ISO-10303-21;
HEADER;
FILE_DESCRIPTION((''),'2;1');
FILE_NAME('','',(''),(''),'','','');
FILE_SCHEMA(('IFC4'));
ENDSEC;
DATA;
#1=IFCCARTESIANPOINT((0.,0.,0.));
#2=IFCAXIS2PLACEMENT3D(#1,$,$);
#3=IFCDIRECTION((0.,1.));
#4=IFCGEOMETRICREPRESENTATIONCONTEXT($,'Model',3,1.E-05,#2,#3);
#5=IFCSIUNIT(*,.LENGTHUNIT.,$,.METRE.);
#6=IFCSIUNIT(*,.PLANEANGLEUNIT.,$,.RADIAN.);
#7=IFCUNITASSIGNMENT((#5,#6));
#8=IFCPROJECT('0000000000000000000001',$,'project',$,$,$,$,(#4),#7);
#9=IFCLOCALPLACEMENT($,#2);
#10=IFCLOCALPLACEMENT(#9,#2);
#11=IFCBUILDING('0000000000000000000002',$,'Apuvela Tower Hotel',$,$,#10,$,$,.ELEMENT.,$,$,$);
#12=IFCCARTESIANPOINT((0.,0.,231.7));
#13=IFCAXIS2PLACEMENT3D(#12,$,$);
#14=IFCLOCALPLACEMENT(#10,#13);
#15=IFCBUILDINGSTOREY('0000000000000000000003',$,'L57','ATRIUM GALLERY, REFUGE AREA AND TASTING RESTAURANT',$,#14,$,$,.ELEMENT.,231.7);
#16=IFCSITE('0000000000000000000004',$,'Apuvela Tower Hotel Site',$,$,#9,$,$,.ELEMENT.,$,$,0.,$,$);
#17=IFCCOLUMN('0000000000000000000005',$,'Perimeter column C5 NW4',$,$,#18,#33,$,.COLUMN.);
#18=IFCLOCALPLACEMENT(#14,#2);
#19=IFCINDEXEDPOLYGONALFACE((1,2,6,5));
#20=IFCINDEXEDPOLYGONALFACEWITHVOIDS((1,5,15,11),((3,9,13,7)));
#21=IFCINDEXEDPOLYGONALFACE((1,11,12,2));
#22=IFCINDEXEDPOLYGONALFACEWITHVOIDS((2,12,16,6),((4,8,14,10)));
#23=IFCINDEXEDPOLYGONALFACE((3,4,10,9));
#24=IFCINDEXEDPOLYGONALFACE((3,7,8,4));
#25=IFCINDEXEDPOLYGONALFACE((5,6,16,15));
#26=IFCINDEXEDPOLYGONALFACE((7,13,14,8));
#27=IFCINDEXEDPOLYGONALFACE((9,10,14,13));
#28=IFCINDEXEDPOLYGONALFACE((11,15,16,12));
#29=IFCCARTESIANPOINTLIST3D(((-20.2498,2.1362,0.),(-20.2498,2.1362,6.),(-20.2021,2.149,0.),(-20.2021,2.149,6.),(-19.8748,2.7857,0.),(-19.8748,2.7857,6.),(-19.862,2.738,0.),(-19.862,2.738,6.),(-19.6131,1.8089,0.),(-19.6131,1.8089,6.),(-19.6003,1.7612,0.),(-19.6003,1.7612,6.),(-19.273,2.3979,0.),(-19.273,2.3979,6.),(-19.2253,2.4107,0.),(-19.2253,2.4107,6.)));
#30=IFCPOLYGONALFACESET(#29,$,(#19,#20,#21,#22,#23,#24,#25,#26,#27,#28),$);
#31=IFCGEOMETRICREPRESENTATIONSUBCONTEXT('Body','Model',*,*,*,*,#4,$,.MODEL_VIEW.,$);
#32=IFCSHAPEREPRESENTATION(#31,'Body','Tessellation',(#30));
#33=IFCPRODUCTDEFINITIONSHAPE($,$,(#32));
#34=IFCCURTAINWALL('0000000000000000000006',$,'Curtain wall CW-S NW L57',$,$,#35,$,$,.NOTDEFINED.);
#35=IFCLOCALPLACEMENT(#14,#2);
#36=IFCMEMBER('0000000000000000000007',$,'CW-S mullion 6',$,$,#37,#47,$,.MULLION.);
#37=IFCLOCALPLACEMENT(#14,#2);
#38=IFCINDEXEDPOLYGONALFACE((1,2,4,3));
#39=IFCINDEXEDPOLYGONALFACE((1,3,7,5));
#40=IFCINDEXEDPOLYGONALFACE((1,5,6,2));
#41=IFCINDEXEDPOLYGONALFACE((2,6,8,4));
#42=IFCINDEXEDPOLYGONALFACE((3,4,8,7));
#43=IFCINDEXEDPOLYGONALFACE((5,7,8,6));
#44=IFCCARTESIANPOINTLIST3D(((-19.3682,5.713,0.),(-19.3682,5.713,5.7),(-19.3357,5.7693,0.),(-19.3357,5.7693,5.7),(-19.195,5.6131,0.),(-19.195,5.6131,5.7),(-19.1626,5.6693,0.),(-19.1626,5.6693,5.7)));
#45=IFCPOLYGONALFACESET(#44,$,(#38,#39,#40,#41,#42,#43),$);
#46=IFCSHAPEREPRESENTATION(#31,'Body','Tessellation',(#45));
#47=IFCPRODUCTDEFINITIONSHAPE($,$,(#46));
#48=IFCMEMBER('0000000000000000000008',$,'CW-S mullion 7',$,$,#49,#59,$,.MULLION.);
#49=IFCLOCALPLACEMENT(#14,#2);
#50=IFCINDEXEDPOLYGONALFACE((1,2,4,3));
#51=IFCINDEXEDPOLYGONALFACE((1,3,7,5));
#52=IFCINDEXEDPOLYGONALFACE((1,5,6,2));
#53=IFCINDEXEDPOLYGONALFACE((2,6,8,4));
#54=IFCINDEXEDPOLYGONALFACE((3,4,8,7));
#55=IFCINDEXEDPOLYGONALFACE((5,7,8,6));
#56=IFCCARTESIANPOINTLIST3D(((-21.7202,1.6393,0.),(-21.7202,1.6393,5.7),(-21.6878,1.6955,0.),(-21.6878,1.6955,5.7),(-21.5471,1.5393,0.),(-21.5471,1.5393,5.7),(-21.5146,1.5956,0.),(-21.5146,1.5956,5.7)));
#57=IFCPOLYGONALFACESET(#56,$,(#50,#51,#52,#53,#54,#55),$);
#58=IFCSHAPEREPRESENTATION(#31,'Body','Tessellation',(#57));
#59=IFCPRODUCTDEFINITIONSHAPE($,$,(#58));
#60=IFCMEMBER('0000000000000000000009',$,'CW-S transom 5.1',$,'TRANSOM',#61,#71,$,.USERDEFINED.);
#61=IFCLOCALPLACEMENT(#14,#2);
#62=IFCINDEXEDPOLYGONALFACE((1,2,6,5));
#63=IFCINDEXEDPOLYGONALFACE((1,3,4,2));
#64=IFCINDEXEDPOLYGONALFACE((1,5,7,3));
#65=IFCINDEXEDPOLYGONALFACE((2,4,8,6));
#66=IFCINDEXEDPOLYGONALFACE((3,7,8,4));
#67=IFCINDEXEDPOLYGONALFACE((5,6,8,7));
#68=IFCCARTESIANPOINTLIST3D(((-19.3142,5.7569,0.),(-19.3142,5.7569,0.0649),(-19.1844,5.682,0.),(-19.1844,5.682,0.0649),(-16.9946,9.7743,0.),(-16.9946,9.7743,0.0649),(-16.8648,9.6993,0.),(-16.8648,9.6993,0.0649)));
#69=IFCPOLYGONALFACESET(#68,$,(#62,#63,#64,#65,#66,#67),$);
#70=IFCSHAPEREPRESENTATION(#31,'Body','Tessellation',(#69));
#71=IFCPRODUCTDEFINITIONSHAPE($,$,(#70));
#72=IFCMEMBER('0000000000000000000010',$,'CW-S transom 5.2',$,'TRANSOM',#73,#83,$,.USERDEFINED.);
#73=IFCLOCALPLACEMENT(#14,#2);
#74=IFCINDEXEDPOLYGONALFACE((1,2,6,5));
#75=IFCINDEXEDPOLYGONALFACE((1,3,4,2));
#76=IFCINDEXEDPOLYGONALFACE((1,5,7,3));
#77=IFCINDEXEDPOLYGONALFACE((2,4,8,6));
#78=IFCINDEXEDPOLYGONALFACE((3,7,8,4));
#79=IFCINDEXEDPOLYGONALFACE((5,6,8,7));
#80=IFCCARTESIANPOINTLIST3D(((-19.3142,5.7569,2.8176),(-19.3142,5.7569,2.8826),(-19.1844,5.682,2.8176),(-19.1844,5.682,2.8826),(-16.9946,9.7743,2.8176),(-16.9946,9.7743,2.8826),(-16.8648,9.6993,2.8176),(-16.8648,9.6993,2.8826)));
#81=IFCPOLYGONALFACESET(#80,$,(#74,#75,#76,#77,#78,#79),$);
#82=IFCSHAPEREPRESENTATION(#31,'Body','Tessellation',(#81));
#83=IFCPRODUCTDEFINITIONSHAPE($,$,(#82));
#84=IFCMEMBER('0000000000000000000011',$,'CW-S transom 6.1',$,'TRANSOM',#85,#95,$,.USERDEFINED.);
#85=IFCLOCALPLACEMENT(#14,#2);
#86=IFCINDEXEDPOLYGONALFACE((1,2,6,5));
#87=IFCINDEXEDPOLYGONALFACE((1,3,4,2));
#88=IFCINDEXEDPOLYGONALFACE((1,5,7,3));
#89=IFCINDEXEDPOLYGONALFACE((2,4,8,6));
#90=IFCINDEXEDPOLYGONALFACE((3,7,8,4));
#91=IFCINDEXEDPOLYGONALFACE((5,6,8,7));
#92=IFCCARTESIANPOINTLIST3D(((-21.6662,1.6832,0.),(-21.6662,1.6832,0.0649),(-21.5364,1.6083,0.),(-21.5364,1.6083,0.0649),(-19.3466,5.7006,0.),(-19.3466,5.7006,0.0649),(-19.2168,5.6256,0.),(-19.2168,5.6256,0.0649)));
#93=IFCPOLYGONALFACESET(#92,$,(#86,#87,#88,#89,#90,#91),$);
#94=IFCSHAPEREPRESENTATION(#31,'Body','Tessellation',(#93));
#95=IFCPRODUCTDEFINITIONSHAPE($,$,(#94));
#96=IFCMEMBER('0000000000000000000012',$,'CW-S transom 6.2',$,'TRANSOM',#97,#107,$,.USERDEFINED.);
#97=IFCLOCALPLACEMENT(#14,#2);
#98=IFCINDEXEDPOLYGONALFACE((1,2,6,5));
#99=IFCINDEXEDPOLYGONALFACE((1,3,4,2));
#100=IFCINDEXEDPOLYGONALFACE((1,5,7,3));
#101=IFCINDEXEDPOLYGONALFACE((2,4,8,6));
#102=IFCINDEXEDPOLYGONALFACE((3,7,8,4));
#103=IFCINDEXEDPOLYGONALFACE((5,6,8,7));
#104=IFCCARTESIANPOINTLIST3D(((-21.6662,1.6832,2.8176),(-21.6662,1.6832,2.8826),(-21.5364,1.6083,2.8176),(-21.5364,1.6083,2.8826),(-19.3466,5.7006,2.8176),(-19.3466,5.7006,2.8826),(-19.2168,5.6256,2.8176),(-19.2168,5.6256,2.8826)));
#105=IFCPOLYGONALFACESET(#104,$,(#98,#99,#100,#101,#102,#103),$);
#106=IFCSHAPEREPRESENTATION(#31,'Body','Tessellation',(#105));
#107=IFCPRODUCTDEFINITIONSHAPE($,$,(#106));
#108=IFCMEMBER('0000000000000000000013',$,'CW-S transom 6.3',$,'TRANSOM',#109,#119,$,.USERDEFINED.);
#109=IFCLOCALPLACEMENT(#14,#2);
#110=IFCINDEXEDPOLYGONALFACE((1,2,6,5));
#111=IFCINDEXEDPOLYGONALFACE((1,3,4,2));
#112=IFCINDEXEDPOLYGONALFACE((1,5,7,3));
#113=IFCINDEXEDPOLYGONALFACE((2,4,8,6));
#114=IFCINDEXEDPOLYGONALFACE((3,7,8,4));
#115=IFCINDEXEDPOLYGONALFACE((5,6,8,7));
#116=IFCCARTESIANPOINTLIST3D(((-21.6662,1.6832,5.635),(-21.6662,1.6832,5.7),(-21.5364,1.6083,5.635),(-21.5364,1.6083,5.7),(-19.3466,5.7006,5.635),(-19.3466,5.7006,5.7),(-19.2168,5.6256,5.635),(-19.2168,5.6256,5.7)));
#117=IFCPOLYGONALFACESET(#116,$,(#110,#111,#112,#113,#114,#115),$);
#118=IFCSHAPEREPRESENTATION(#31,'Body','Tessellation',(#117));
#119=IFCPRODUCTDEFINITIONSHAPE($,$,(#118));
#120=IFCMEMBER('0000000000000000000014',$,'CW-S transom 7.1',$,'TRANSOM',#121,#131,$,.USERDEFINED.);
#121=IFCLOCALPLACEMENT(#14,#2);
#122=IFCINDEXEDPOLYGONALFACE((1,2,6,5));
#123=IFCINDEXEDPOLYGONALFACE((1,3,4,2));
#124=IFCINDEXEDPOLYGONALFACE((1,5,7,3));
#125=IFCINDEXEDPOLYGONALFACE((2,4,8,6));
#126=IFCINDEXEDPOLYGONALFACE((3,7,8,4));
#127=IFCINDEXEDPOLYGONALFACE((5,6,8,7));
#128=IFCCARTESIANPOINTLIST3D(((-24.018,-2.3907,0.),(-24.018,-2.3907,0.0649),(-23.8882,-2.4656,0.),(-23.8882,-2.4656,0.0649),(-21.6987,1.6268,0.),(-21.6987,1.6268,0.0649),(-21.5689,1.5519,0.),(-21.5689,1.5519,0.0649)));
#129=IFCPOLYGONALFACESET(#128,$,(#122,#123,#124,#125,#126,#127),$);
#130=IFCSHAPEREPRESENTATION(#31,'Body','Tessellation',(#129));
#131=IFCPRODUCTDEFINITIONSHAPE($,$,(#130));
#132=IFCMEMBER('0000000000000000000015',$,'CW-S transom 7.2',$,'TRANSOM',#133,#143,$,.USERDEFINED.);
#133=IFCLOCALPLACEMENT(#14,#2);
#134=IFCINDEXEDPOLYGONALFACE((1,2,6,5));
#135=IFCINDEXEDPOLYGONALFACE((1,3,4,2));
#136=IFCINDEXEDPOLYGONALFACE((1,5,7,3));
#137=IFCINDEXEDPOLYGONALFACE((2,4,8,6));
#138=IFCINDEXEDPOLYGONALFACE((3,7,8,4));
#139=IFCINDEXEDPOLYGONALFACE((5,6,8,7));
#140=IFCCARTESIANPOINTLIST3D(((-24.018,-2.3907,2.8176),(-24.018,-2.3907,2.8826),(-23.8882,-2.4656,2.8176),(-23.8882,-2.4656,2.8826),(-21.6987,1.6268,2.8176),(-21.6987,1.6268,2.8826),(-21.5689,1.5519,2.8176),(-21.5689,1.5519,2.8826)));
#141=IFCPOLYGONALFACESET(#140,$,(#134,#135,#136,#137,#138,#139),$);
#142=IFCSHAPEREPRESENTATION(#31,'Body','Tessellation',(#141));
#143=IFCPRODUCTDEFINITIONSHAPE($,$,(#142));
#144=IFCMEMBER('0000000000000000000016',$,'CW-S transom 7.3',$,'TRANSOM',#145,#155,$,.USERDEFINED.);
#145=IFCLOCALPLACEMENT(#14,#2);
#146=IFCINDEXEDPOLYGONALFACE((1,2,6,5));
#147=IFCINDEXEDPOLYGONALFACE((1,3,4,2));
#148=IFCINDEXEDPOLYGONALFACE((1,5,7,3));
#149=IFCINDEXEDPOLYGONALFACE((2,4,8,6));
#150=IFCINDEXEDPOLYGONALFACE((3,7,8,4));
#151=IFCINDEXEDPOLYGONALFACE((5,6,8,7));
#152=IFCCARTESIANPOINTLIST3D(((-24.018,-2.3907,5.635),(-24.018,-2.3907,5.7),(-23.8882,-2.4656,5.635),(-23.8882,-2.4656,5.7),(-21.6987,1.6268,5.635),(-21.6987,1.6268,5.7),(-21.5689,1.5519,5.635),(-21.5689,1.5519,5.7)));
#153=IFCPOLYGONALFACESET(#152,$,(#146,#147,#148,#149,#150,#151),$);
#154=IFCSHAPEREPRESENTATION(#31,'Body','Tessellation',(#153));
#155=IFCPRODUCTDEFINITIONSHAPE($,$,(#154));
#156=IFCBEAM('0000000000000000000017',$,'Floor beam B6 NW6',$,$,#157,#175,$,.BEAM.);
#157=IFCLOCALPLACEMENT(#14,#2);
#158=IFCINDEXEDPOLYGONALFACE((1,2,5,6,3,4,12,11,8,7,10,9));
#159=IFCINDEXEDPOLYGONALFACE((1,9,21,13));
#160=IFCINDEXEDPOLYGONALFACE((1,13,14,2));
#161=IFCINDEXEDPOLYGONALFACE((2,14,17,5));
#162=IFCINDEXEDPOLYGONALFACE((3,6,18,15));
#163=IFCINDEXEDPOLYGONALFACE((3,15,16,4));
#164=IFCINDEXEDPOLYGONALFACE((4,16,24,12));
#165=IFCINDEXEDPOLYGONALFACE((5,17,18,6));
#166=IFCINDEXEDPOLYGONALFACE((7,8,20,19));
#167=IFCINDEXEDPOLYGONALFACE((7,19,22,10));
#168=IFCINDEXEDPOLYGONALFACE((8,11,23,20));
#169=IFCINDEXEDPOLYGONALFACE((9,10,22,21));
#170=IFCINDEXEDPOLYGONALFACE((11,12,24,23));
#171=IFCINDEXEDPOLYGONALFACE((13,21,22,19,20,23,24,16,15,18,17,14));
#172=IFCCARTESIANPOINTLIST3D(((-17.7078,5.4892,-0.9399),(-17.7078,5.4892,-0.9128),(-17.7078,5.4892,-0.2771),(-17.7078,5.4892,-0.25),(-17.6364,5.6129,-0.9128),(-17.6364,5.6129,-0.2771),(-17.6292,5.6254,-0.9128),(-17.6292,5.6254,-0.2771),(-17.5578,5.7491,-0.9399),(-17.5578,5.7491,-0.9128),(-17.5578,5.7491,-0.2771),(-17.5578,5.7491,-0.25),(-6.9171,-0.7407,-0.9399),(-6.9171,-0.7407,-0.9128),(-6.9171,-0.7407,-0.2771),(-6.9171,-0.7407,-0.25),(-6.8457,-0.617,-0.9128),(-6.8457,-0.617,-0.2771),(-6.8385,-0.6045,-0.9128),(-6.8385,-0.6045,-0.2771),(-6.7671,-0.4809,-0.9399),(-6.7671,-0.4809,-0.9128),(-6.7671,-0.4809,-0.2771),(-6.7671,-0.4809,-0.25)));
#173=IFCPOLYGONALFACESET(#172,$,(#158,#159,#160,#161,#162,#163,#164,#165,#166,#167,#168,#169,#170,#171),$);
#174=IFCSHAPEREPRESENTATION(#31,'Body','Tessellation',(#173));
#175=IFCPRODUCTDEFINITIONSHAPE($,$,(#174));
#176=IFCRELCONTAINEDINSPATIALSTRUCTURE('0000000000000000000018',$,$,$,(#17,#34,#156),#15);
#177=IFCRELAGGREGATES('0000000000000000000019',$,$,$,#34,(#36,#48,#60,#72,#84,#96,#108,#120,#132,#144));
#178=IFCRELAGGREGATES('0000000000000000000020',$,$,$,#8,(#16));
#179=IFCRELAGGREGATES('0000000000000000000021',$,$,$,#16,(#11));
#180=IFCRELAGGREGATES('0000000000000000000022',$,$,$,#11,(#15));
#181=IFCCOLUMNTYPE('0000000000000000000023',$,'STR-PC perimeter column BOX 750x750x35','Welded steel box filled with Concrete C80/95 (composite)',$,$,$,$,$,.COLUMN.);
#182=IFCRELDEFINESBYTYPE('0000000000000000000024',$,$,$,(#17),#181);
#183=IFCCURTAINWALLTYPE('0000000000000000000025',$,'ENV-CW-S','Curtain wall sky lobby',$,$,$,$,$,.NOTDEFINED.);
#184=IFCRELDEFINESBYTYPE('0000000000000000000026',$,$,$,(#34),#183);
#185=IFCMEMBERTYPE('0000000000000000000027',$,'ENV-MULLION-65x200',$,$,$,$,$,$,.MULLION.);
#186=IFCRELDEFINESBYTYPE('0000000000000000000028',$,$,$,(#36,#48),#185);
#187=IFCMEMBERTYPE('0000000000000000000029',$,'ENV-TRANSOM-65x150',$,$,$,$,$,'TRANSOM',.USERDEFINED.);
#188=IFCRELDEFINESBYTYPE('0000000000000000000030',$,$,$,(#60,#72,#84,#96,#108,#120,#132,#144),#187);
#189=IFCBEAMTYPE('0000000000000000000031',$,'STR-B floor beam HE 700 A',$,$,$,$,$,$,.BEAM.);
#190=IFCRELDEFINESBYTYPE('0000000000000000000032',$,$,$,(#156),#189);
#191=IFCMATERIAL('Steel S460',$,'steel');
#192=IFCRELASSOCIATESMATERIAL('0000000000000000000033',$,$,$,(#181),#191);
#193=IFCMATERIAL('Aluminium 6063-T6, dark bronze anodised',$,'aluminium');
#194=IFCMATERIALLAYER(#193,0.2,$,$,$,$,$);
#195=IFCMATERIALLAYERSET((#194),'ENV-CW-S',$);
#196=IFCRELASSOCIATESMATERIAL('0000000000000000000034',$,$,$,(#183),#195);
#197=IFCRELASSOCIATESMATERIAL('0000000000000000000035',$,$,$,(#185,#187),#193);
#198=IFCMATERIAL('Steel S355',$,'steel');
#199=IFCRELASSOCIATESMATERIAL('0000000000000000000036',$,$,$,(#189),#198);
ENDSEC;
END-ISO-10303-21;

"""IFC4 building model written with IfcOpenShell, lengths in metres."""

from ifc_helpers import new_model, si_unit, direction, frame, origin, origin_2d, place, context, subcontext, project, spatial, rectangle, hollow_rectangle, i_section, extrude, material, layer, layer_set, material_profile, profile_set, type_object, element, aggregate, save


model = new_model("IFC4")

# Units and contexts
model_context = context("Model", 3, precision=1e-05, world=origin(), true_north=direction((0.0, 1.0)))
body_context = subcontext(model_context, "Body", "Model", "MODEL_VIEW")
ifc_project = project(units=[si_unit("LENGTHUNIT", "METRE"), si_unit("PLANEANGLEUNIT", "RADIAN")], contexts=[model_context])

# Site, building, storey
site_placement = place(None, origin())
site = spatial("IfcSite", under=ifc_project, at=site_placement, Name="Apuvela Tower Hotel Site", CompositionType="ELEMENT", RefElevation=0.0)
building_placement = place(site_placement, origin())
building = spatial("IfcBuilding", under=site, at=building_placement, Name="Apuvela Tower Hotel", CompositionType="ELEMENT")
storey_placement = place(building_placement, frame((0.0, 0.0, 231.7)))
storey = spatial("IfcBuildingStorey", under=building, at=storey_placement, Name="L57", Description="ATRIUM GALLERY, REFUGE AREA AND TASTING RESTAURANT", CompositionType="ELEMENT", Elevation=231.7)

# Column
ifc_material_1 = material(Name="Steel S460", Category="steel")
ifc_material_profile_1 = material_profile(ifc_material_1, hollow_rectangle(XDim=0.75, YDim=0.75, WallThickness=0.0349, at=origin_2d()), Name="BOX 750x750x35")
ifc_material_2 = material(Name="Concrete C80/95", Category="concrete")
ifc_material_profile_2 = material_profile(ifc_material_2, rectangle(XDim=0.6799, YDim=0.6799, at=origin_2d()), Name="Concrete C80/95 infill")
ifc_profile_set_1 = profile_set([ifc_material_profile_1, ifc_material_profile_2], Name="Steel S460")
column_type = type_object("IfcColumnType", Name="STR-PC perimeter column BOX 750x750x35", Description="Welded steel box filled with Concrete C80/95 (composite)", PredefinedType="COLUMN", material=ifc_profile_set_1)
column_placement = place(storey_placement, frame((-19.7375, 2.2734, 0.0), z_axis=(0.0, 0.0, 1.0), x_axis=(0.5, 0.866025, 0.0)))
element("IfcColumn", 1, at=column_placement, inside=storey, type_object=column_type, Name="Perimeter column C5 NW4", PredefinedType="COLUMN", context=body_context, shape_type="SweptSolid", body=[
    extrude(hollow_rectangle(XDim=0.75, YDim=0.75, WallThickness=0.0349, at=origin_2d()), origin(), (0.0, 0.0, 1.0), 6.0),
])

# Curtain wall, members
ifc_material_3 = material(Name="Aluminium 6063-T6, dark bronze anodised", Category="aluminium")
ifc_layer_1 = layer(ifc_material_3, 0.2)
ifc_layer_set_1 = layer_set([ifc_layer_1], Name="ENV-CW-S")
curtain_wall_type = type_object("IfcCurtainWallType", Name="ENV-CW-S", Description="Curtain wall sky lobby", PredefinedType="NOTDEFINED", material=ifc_layer_set_1)
curtain_wall_placement = place(storey_placement, origin())
curtain_wall = element("IfcCurtainWall", 2, at=curtain_wall_placement, inside=storey, type_object=curtain_wall_type, Name="Curtain wall CW-S NW L57", PredefinedType="NOTDEFINED")
ifc_material_profile_3 = material_profile(ifc_material_3, rectangle(XDim=0.2, YDim=0.0649, at=origin_2d()), Name="AL 65x200")
ifc_profile_set_2 = profile_set([ifc_material_profile_3], Name="Aluminium 6063-T6, dark bronze anodised")
member_type_1 = type_object("IfcMemberType", Name="ENV-MULLION-65x200", PredefinedType="MULLION", material=ifc_profile_set_2)
member_1_placement = place(storey_placement, frame((-19.2654, 5.6912, 0.0), z_axis=(0.0, 0.0, 1.0), x_axis=(0.866026, -0.499999, 0.0)))
member_1 = element("IfcMember", 3, at=member_1_placement, type_object=member_type_1, Name="CW-S mullion 6", PredefinedType="MULLION", context=body_context, shape_type="SweptSolid", body=[
    extrude(rectangle(XDim=0.2, YDim=0.0649, at=origin_2d()), origin(), (0.0, 0.0, 1.0), 5.7),
])
member_2_placement = place(storey_placement, frame((-21.6174, 1.6174, 0.0), z_axis=(0.0, 0.0, 1.0), x_axis=(0.866026, -0.499999, 0.0)))
member_2 = element("IfcMember", 4, at=member_2_placement, type_object=member_type_1, Name="CW-S mullion 7", PredefinedType="MULLION", context=body_context, shape_type="SweptSolid", body=[
    extrude(rectangle(XDim=0.2, YDim=0.0649, at=origin_2d()), origin(), (0.0, 0.0, 1.0), 5.7),
])
ifc_material_profile_4 = material_profile(ifc_material_3, rectangle(XDim=0.1499, YDim=0.0649, at=origin_2d()), Name="AL 65x150 transom")
ifc_profile_set_3 = profile_set([ifc_material_profile_4], Name="Aluminium 6063-T6, dark bronze anodised")
member_type_2 = type_object("IfcMemberType", Name="ENV-TRANSOM-65x150", ElementType="TRANSOM", PredefinedType="USERDEFINED", material=ifc_profile_set_3)
member_3_placement = place(storey_placement, frame((-16.9297, 9.7368, 0.0325), z_axis=(-0.500028, -0.866009, 0.0), x_axis=(0.866009, -0.500028, 0.0)))
member_3 = element("IfcMember", 5, at=member_3_placement, type_object=member_type_2, Name="CW-S transom 5.1", ObjectType="TRANSOM", PredefinedType="USERDEFINED", context=body_context, shape_type="SweptSolid", body=[
    extrude(rectangle(XDim=0.1499, YDim=0.0649, at=origin_2d()), origin(), (0.0, 0.0, 1.0), 4.6389),
])
member_4_placement = place(storey_placement, frame((-16.9297, 9.7368, 2.8501), z_axis=(-0.500028, -0.866009, 0.0), x_axis=(0.866009, -0.500028, 0.0)))
member_4 = element("IfcMember", 6, at=member_4_placement, type_object=member_type_2, Name="CW-S transom 5.2", ObjectType="TRANSOM", PredefinedType="USERDEFINED", context=body_context, shape_type="SweptSolid", body=[
    extrude(rectangle(XDim=0.1499, YDim=0.0649, at=origin_2d()), origin(), (0.0, 0.0, 1.0), 4.6389),
])
member_5_placement = place(storey_placement, frame((-19.2817, 5.6631, 0.0325), z_axis=(-0.500028, -0.866009, 0.0), x_axis=(0.866009, -0.500028, 0.0)))
member_5 = element("IfcMember", 7, at=member_5_placement, type_object=member_type_2, Name="CW-S transom 6.1", ObjectType="TRANSOM", PredefinedType="USERDEFINED", context=body_context, shape_type="SweptSolid", body=[
    extrude(rectangle(XDim=0.1499, YDim=0.0649, at=origin_2d()), origin(), (0.0, 0.0, 1.0), 4.6389),
])
member_6_placement = place(storey_placement, frame((-19.2817, 5.6631, 2.8501), z_axis=(-0.500028, -0.866009, 0.0), x_axis=(0.866009, -0.500028, 0.0)))
member_6 = element("IfcMember", 8, at=member_6_placement, type_object=member_type_2, Name="CW-S transom 6.2", ObjectType="TRANSOM", PredefinedType="USERDEFINED", context=body_context, shape_type="SweptSolid", body=[
    extrude(rectangle(XDim=0.1499, YDim=0.0649, at=origin_2d()), origin(), (0.0, 0.0, 1.0), 4.6389),
])
member_7_placement = place(storey_placement, frame((-19.2817, 5.6631, 5.6675), z_axis=(-0.500028, -0.866009, 0.0), x_axis=(0.866009, -0.500028, 0.0)))
member_7 = element("IfcMember", 9, at=member_7_placement, type_object=member_type_2, Name="CW-S transom 6.3", ObjectType="TRANSOM", PredefinedType="USERDEFINED", context=body_context, shape_type="SweptSolid", body=[
    extrude(rectangle(XDim=0.1499, YDim=0.0649, at=origin_2d()), origin(), (0.0, 0.0, 1.0), 4.6389),
])
member_8_placement = place(storey_placement, frame((-21.6338, 1.5894, 0.0325), z_axis=(-0.499965, -0.866045, 0.0), x_axis=(0.866045, -0.499965, 0.0)))
member_8 = element("IfcMember", 10, at=member_8_placement, type_object=member_type_2, Name="CW-S transom 7.1", ObjectType="TRANSOM", PredefinedType="USERDEFINED", context=body_context, shape_type="SweptSolid", body=[
    extrude(rectangle(XDim=0.1499, YDim=0.0649, at=origin_2d()), origin(), (0.0, 0.0, 1.0), 4.6389),
])
member_9_placement = place(storey_placement, frame((-21.6338, 1.5894, 2.8501), z_axis=(-0.499965, -0.866045, 0.0), x_axis=(0.866045, -0.499965, 0.0)))
member_9 = element("IfcMember", 11, at=member_9_placement, type_object=member_type_2, Name="CW-S transom 7.2", ObjectType="TRANSOM", PredefinedType="USERDEFINED", context=body_context, shape_type="SweptSolid", body=[
    extrude(rectangle(XDim=0.1499, YDim=0.0649, at=origin_2d()), origin(), (0.0, 0.0, 1.0), 4.6389),
])
member_10_placement = place(storey_placement, frame((-21.6338, 1.5894, 5.6675), z_axis=(-0.499965, -0.866045, 0.0), x_axis=(0.866045, -0.499965, 0.0)))
member_10 = element("IfcMember", 12, at=member_10_placement, type_object=member_type_2, Name="CW-S transom 7.3", ObjectType="TRANSOM", PredefinedType="USERDEFINED", context=body_context, shape_type="SweptSolid", body=[
    extrude(rectangle(XDim=0.1499, YDim=0.0649, at=origin_2d()), origin(), (0.0, 0.0, 1.0), 4.6389),
])

# Beam
ifc_material_4 = material(Name="Steel S355", Category="steel")
ifc_material_profile_5 = material_profile(ifc_material_4, i_section(OverallWidth=0.3, OverallDepth=0.6899, WebThickness=0.0144, FlangeThickness=0.0271, at=origin_2d()), Name="HE 700 A")
ifc_profile_set_4 = profile_set([ifc_material_profile_5], Name="Steel S355")
beam_type_1 = type_object("IfcBeamType", Name="STR-B floor beam HE 700 A", PredefinedType="BEAM", material=ifc_profile_set_4)
beam_1_placement = place(storey_placement, frame((-17.6328, 5.6191, -0.595), z_axis=(0.866028, -0.499996, 0.0), x_axis=(0.499996, 0.866028, 0.0)))
element("IfcBeam", 13, at=beam_1_placement, inside=storey, type_object=beam_type_1, Name="Floor beam B6 NW6", PredefinedType="BEAM", context=body_context, shape_type="SweptSolid", body=[
    extrude(i_section(OverallWidth=0.3, OverallDepth=0.6899, WebThickness=0.0144, FlangeThickness=0.0271, at=origin_2d()), origin(), (0.0, 0.0, 1.0), 12.46),
])

aggregate(curtain_wall, [member_1, member_2, member_3, member_4, member_5, member_6, member_7, member_8, member_9, member_10])

save(model, "model.ifc")
